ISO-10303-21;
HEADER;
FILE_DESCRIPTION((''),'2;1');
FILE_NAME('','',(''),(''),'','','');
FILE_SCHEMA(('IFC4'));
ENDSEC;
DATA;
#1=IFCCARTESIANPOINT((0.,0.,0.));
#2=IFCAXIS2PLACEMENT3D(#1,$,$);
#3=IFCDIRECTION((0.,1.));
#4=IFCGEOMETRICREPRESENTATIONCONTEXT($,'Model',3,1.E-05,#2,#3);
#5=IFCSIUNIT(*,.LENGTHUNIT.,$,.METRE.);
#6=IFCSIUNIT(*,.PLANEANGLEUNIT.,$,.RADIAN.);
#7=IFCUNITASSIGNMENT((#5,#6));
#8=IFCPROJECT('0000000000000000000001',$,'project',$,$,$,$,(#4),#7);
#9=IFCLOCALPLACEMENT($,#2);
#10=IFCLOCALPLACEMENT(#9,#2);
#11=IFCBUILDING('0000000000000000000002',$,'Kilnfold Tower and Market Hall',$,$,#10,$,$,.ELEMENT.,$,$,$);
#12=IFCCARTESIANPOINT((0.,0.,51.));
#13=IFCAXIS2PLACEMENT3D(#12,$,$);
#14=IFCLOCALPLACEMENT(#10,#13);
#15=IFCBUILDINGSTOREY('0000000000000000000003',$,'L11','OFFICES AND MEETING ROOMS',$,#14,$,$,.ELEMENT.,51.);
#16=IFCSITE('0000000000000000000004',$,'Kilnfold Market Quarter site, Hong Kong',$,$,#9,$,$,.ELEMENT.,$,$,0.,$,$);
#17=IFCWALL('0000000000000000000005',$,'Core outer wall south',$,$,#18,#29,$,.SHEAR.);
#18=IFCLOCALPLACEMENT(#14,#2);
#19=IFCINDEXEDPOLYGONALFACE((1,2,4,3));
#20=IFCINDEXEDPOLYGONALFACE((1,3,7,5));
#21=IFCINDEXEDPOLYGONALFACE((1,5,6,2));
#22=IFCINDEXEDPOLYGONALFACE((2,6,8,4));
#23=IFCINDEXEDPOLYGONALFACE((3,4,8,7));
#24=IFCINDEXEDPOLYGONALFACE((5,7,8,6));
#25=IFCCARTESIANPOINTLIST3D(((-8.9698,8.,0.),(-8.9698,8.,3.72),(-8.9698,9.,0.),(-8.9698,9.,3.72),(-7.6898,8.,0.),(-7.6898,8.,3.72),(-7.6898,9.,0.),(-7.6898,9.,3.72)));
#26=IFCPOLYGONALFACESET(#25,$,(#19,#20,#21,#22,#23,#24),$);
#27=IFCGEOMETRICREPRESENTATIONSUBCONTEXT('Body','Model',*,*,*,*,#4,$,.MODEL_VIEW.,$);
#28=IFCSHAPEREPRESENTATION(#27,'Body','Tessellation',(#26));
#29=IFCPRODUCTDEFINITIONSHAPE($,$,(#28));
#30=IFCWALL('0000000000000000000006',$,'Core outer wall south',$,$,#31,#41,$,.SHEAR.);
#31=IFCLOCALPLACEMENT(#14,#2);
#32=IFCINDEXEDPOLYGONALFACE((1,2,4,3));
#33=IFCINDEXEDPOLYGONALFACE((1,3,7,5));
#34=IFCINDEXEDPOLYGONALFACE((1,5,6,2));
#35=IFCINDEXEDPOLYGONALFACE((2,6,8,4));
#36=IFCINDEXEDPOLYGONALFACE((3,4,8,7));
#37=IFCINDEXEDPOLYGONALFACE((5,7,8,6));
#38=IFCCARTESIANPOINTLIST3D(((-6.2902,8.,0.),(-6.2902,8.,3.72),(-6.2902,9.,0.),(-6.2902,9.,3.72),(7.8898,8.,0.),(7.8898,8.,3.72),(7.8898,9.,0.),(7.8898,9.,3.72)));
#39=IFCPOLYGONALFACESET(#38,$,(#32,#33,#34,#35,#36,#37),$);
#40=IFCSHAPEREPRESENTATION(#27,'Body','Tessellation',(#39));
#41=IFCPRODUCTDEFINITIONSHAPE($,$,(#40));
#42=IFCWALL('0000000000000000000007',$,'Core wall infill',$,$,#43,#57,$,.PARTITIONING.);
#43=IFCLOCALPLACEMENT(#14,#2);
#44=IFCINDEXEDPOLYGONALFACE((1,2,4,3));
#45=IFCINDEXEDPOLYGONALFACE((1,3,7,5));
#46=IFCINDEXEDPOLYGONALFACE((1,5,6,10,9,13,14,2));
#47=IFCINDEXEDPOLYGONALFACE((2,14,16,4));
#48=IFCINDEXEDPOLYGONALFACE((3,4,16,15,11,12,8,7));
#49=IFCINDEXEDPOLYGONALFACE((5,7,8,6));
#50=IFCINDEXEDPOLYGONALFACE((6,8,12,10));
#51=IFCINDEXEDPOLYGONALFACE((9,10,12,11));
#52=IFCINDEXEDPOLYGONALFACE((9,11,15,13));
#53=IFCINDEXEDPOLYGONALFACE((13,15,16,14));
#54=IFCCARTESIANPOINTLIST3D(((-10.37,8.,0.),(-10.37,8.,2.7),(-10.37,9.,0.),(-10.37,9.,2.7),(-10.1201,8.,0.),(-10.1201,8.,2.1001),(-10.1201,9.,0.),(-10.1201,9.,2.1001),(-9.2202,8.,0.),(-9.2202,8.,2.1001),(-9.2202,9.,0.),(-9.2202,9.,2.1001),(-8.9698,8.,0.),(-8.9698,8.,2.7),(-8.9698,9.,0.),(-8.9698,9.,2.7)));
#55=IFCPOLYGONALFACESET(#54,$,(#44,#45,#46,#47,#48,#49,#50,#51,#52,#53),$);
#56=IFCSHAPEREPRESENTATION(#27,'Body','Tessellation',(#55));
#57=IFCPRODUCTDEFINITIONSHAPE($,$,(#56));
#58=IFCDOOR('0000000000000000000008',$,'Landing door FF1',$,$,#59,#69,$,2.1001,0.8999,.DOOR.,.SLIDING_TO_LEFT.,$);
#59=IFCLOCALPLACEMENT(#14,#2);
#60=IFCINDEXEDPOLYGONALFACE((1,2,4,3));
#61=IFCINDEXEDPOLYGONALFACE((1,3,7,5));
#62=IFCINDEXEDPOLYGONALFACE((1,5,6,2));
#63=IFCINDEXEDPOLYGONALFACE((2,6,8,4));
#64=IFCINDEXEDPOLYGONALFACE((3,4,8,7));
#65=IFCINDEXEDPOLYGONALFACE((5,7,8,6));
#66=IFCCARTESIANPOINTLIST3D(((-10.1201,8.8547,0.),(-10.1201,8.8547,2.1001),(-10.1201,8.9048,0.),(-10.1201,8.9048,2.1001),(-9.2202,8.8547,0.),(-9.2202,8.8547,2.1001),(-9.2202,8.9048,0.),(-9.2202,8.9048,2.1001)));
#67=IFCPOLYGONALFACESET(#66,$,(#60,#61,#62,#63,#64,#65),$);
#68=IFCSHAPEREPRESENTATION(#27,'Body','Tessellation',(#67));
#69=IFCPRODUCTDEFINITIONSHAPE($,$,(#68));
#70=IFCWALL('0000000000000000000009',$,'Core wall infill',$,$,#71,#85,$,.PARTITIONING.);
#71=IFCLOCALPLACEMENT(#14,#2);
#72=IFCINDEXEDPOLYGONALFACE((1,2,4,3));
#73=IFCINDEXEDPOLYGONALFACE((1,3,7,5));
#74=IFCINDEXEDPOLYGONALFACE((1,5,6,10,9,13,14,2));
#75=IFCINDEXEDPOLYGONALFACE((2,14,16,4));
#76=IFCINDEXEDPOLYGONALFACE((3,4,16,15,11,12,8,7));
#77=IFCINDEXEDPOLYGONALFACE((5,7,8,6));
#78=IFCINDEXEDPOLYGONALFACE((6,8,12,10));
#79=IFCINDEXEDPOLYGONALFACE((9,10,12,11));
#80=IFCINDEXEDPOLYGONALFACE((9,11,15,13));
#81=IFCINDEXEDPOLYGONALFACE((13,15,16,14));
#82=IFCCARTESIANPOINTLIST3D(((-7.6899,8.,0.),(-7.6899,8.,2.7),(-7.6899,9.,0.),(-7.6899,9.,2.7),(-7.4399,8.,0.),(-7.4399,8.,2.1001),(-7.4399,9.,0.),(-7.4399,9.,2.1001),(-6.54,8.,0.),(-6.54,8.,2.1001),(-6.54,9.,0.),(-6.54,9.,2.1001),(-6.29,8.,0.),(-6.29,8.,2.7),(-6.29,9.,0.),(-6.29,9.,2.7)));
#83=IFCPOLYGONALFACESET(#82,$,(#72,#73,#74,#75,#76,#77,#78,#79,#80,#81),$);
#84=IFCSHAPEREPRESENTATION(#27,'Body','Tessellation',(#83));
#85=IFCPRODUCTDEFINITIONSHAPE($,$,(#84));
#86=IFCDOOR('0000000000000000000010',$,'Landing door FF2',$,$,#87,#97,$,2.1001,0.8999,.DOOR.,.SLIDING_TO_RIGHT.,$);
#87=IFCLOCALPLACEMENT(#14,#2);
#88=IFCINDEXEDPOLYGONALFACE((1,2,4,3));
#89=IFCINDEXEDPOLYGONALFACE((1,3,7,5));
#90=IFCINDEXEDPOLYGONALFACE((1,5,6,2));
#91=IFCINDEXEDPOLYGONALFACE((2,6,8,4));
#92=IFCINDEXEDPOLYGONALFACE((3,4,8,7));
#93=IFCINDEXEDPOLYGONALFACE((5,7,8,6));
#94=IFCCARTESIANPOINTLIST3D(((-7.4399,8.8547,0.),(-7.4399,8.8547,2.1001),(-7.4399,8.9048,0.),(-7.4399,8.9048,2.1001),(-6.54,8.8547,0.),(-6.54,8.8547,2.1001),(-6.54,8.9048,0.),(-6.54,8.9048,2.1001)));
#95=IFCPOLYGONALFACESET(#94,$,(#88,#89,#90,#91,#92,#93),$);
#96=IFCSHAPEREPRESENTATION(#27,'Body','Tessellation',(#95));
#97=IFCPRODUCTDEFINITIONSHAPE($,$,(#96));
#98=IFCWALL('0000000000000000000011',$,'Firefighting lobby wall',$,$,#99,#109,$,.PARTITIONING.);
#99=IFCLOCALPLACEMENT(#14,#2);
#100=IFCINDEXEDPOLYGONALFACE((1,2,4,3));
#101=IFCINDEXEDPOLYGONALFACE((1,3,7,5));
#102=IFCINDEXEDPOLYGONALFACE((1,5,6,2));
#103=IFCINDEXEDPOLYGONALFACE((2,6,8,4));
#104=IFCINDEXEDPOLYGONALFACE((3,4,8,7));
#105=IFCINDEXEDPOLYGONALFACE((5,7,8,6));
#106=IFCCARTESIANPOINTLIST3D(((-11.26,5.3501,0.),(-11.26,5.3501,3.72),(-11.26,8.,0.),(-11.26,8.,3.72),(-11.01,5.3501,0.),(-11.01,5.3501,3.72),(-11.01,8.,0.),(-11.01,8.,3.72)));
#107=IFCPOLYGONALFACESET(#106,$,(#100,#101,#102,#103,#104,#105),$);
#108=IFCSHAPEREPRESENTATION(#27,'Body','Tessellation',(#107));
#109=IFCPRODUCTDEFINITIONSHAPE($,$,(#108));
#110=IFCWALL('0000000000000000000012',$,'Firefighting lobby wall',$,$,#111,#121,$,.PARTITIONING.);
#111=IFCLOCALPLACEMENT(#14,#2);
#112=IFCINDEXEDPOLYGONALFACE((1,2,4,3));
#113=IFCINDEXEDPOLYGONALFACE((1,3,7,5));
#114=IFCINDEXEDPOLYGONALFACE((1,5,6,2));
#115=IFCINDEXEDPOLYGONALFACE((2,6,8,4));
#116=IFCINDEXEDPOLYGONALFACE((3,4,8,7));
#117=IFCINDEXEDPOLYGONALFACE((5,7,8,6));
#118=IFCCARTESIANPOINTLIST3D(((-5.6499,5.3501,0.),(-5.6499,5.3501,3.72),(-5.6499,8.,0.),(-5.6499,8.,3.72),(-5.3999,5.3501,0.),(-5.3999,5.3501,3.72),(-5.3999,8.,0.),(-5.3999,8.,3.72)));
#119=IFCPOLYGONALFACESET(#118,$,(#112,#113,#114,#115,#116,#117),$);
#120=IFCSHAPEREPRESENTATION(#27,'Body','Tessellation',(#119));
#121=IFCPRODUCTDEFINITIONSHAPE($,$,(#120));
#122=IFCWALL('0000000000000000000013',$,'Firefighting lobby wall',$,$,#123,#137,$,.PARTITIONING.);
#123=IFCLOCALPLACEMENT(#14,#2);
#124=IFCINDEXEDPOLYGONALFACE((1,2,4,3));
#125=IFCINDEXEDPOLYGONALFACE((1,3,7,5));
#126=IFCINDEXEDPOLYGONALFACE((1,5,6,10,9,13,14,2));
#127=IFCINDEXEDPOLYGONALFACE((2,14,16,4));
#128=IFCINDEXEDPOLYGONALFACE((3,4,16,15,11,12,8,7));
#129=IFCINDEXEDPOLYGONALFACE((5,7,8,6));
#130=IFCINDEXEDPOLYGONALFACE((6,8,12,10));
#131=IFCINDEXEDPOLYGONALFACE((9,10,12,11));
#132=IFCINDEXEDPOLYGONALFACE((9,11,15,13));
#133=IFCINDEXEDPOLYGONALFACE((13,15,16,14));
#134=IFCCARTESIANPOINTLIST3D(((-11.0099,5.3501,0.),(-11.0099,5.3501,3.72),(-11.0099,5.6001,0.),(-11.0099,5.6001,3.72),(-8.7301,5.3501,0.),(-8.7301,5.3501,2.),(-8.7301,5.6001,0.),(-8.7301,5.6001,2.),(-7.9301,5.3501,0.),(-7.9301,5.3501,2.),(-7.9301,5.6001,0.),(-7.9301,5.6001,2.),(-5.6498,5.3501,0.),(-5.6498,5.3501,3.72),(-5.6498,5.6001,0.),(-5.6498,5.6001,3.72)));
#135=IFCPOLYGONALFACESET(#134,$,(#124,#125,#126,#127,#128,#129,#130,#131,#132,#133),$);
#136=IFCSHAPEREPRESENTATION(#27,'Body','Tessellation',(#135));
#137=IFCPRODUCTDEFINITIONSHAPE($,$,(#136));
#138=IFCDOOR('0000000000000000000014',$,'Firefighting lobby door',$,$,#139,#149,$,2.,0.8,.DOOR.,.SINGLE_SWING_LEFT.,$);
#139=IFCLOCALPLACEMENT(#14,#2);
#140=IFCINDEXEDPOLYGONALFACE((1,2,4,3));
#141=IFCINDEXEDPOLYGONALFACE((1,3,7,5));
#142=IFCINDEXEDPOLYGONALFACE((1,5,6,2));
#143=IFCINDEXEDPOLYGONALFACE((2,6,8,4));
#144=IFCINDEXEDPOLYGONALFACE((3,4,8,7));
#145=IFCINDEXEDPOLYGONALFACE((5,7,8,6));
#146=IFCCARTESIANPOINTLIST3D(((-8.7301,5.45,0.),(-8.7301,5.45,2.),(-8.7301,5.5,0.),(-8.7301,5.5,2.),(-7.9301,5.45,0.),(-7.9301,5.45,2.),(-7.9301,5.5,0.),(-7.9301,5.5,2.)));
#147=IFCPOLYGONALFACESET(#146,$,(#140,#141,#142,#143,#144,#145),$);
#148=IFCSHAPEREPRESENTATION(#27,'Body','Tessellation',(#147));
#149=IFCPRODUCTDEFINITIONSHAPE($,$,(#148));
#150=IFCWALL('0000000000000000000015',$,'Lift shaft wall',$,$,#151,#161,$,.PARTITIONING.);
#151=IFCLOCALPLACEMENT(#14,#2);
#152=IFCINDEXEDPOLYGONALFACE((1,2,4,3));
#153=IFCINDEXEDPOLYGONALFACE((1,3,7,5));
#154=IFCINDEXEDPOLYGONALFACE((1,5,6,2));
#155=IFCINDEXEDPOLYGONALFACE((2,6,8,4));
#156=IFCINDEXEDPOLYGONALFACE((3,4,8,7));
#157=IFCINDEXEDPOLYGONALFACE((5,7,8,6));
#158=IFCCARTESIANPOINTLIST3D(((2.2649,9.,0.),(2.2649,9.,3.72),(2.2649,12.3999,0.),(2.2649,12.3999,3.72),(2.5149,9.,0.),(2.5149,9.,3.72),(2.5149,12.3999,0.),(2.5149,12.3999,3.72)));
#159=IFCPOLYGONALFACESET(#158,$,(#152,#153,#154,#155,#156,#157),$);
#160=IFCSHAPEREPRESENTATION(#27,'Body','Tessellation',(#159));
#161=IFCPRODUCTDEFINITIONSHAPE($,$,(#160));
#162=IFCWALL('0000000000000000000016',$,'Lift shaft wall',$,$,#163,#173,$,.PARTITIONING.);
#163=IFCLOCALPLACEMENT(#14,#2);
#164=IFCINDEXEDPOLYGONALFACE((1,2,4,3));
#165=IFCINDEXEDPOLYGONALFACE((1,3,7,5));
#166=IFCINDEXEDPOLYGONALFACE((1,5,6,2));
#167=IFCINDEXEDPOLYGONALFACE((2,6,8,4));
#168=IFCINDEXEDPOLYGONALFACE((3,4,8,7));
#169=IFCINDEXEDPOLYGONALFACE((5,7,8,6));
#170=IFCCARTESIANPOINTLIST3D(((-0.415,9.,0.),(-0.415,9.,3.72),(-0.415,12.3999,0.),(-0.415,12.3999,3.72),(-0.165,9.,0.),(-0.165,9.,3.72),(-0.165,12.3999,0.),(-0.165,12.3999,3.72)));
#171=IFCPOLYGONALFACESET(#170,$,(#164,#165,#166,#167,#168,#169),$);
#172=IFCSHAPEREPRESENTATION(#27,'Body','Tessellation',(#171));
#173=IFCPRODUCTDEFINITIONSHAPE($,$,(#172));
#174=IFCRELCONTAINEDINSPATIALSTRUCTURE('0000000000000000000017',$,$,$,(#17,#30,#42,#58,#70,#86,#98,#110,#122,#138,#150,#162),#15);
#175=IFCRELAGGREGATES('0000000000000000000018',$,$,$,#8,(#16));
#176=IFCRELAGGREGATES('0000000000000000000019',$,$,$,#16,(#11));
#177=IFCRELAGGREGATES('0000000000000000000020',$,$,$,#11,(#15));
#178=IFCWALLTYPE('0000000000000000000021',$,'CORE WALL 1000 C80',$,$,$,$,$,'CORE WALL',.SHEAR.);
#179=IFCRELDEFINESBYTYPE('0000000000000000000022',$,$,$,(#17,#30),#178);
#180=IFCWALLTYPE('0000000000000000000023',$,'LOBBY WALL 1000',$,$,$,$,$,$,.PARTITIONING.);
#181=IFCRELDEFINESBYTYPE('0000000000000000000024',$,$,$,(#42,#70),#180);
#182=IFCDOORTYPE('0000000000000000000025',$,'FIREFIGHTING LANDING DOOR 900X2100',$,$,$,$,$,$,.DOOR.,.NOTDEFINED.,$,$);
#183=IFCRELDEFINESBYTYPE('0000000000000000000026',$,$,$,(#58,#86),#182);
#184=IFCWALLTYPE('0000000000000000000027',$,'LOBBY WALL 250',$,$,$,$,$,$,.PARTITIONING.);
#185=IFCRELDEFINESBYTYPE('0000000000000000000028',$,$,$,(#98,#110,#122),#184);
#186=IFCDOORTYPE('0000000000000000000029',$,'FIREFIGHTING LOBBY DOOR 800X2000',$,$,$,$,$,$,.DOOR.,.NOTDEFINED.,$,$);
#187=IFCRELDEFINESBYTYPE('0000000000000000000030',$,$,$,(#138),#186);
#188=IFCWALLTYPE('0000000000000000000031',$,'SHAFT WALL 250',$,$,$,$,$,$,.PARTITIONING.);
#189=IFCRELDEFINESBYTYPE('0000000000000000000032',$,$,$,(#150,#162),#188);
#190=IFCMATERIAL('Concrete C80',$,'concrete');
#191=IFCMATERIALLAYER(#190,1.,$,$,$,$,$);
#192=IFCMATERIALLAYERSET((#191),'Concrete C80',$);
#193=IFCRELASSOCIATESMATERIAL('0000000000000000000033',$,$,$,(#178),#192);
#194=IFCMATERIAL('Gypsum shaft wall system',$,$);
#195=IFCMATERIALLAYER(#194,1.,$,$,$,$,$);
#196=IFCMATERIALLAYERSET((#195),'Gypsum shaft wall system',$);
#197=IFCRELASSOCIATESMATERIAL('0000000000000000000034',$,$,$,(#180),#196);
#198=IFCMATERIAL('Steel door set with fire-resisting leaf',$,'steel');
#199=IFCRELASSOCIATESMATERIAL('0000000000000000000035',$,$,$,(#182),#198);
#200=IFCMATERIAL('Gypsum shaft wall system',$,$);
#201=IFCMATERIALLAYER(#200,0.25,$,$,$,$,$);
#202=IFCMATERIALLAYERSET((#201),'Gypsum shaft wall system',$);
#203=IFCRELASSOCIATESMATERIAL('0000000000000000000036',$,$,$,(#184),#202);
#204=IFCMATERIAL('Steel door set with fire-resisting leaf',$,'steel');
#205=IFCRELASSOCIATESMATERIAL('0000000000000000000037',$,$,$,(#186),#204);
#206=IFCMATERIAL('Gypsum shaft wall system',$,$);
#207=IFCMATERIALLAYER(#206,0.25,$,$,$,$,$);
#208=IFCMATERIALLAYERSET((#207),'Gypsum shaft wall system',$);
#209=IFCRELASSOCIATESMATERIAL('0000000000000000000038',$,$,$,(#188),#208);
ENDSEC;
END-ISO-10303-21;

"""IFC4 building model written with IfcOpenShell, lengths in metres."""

from ifc_helpers import new_model, si_unit, direction, frame, frame_2d, origin, place, context, subcontext, project, spatial, rectangle, extrude, source, transform, mapped, material, layer, layer_set, type_object, element, fill, save


model = new_model("IFC4")

# Units and contexts
model_context = context("Model", 3, precision=1e-05, world=origin(), true_north=direction((0.0, 1.0)))
body_context = subcontext(model_context, "Body", "Model", "MODEL_VIEW")
ifc_project = project(units=[si_unit("LENGTHUNIT", "METRE"), si_unit("PLANEANGLEUNIT", "RADIAN")], contexts=[model_context])

# Site, building, storey
site_placement = place(None, origin())
site = spatial("IfcSite", under=ifc_project, at=site_placement, Name="Kilnfold Market Quarter site, Hong Kong", CompositionType="ELEMENT", RefElevation=0.0)
building_placement = place(site_placement, origin())
building = spatial("IfcBuilding", under=site, at=building_placement, Name="Kilnfold Tower and Market Hall", CompositionType="ELEMENT")
storey_placement = place(building_placement, frame((0.0, 0.0, 51.0)))
storey = spatial("IfcBuildingStorey", under=building, at=storey_placement, Name="L11", Description="OFFICES AND MEETING ROOMS", CompositionType="ELEMENT", Elevation=51.0)

# Walls
ifc_material_1 = material(Name="Concrete C80", Category="concrete")
ifc_layer_1 = layer(ifc_material_1, 1.0)
ifc_layer_set_1 = layer_set([ifc_layer_1], Name="Concrete C80")
wall_type_1 = type_object("IfcWallType", Name="CORE WALL 1000 C80", ElementType="CORE WALL", PredefinedType="SHEAR", material=ifc_layer_set_1)
shared_shape_1 = source(origin(), body_context, "Body", "SweptSolid", [
    extrude(rectangle(XDim=1.28, YDim=1.0, at=frame_2d((0.6401, 0.0))), origin(), (0.0, 0.0, 1.0), 3.72),
])
wall_1_placement = place(storey_placement, frame((-8.97, 8.5, 0.0), z_axis=(0.0, 0.0, 1.0), x_axis=(1.0, 0.0, 0.0)))
element("IfcWall", 1, at=wall_1_placement, inside=storey, type_object=wall_type_1, Name="Core outer wall south", PredefinedType="SHEAR", context=body_context, shape_type="MappedRepresentation", body=[
    mapped(shared_shape_1, transform((0.0, 0.0, 0.0))),
])
shared_shape_2 = source(origin(), body_context, "Body", "SweptSolid", [
    extrude(rectangle(XDim=14.1799, YDim=1.0, at=frame_2d((7.0898, 0.0))), origin(), (0.0, 0.0, 1.0), 3.72),
])
wall_2_placement = place(storey_placement, frame((-6.29, 8.5, 0.0), z_axis=(0.0, 0.0, 1.0), x_axis=(1.0, 0.0, 0.0)))
element("IfcWall", 2, at=wall_2_placement, inside=storey, type_object=wall_type_1, Name="Core outer wall south", PredefinedType="SHEAR", context=body_context, shape_type="MappedRepresentation", body=[
    mapped(shared_shape_2, transform((0.0, 0.0, 0.0))),
])

# Walls, openings, doors
ifc_material_2 = material(Name="Gypsum shaft wall system")
ifc_layer_2 = layer(ifc_material_2, 1.0)
ifc_layer_set_2 = layer_set([ifc_layer_2], Name="Gypsum shaft wall system")
wall_type_2 = type_object("IfcWallType", Name="LOBBY WALL 1000", PredefinedType="PARTITIONING", material=ifc_layer_set_2)
shared_shape_3 = source(origin(), body_context, "Body", "SweptSolid", [
    extrude(rectangle(XDim=1.4001, YDim=1.0, at=frame_2d((0.7002, 0.0))), origin(), (0.0, 0.0, 1.0), 2.7),
])
wall_3_placement = place(storey_placement, frame((-10.3701, 8.5, 0.0), z_axis=(0.0, 0.0, 1.0), x_axis=(1.0, 0.0, 0.0)))
wall_3 = element("IfcWall", 3, at=wall_3_placement, inside=storey, type_object=wall_type_2, Name="Core wall infill", PredefinedType="PARTITIONING", context=body_context, shape_type="MappedRepresentation", body=[
    mapped(shared_shape_3, transform((0.0, 0.0, 0.0))),
])
opening_1_placement = place(wall_3_placement, frame((0.25, 0.0, 0.0)))
opening_1 = element("IfcOpeningElement", 4, at=opening_1_placement, cuts=wall_3, PredefinedType="OPENING", context=body_context, shape_type="SweptSolid", body=[
    extrude(rectangle(XDim=0.8999, YDim=2.1001, at=frame_2d((0.45, 1.05))), frame((0.0, 0.51, 0.0), z_axis=(0.0, -1.0, 0.0), x_axis=(1.0, 0.0, 0.0)), (0.0, 0.0, 1.0), 1.02),
])
ifc_material_3 = material(Name="Steel door set with fire-resisting leaf", Category="steel")
door_type_1 = type_object("IfcDoorType", Name="FIREFIGHTING LANDING DOOR 900X2100", OperationType="NOTDEFINED", PredefinedType="DOOR", material=ifc_material_3)
door_1_placement = place(opening_1_placement, origin())
door_1 = element("IfcDoor", 5, at=door_1_placement, inside=storey, type_object=door_type_1, Name="Landing door FF1", OperationType="SLIDING_TO_LEFT", OverallHeight=2.1001, OverallWidth=0.8999, PredefinedType="DOOR", context=body_context, shape_type="SweptSolid", body=[
    extrude(rectangle(XDim=0.8999, YDim=2.1001, at=frame_2d((0.45, 1.05))), frame((0.0, 0.4048, 0.0), z_axis=(0.0, -1.0, 0.0), x_axis=(1.0, 0.0, 0.0)), (0.0, 0.0, 1.0), 0.05),
])
fill(opening_1, door_1)
shared_shape_4 = source(origin(), body_context, "Body", "SweptSolid", [
    extrude(rectangle(XDim=1.3999, YDim=1.0, at=frame_2d((0.7, 0.0))), origin(), (0.0, 0.0, 1.0), 2.7),
])
wall_4_placement = place(storey_placement, frame((-7.6899, 8.5, 0.0), z_axis=(0.0, 0.0, 1.0), x_axis=(1.0, 0.0, 0.0)))
wall_4 = element("IfcWall", 6, at=wall_4_placement, inside=storey, type_object=wall_type_2, Name="Core wall infill", PredefinedType="PARTITIONING", context=body_context, shape_type="MappedRepresentation", body=[
    mapped(shared_shape_4, transform((0.0, 0.0, 0.0))),
])
opening_2_placement = place(wall_4_placement, frame((0.25, 0.0, 0.0)))
opening_2 = element("IfcOpeningElement", 7, at=opening_2_placement, cuts=wall_4, PredefinedType="OPENING", context=body_context, shape_type="SweptSolid", body=[
    extrude(rectangle(XDim=0.8999, YDim=2.1001, at=frame_2d((0.45, 1.05))), frame((0.0, 0.51, 0.0), z_axis=(0.0, -1.0, 0.0), x_axis=(1.0, 0.0, 0.0)), (0.0, 0.0, 1.0), 1.02),
])
door_2_placement = place(opening_2_placement, origin())
door_2 = element("IfcDoor", 8, at=door_2_placement, inside=storey, type_object=door_type_1, Name="Landing door FF2", OperationType="SLIDING_TO_RIGHT", OverallHeight=2.1001, OverallWidth=0.8999, PredefinedType="DOOR", context=body_context, shape_type="SweptSolid", body=[
    extrude(rectangle(XDim=0.8999, YDim=2.1001, at=frame_2d((0.45, 1.05))), frame((0.0, 0.4048, 0.0), z_axis=(0.0, -1.0, 0.0), x_axis=(1.0, 0.0, 0.0)), (0.0, 0.0, 1.0), 0.05),
])
fill(opening_2, door_2)

# Walls
ifc_material_4 = material(Name="Gypsum shaft wall system")
ifc_layer_3 = layer(ifc_material_4, 0.25)
ifc_layer_set_3 = layer_set([ifc_layer_3], Name="Gypsum shaft wall system")
wall_type_3 = type_object("IfcWallType", Name="LOBBY WALL 250", PredefinedType="PARTITIONING", material=ifc_layer_set_3)
shared_shape_5 = source(origin(), body_context, "Body", "SweptSolid", [
    extrude(rectangle(XDim=2.6499, YDim=0.25, at=frame_2d((1.325, 0.0))), origin(), (0.0, 0.0, 1.0), 3.72),
])
for number, where, z_axis, x_axis, name in (
    (9, (-11.135, 5.3501, 0.0), (0.0, 0.0, 1.0), (0.0, 1.0, 0.0), "Firefighting lobby wall"),
    (10, (-5.5249, 5.3501, 0.0), (0.0, 0.0, 1.0), (0.0, 1.0, 0.0), "Firefighting lobby wall"),
):
    element("IfcWall", number, at=place(storey_placement, frame(where, z_axis=z_axis, x_axis=x_axis)), inside=storey, type_object=wall_type_3, Name=name, PredefinedType="PARTITIONING", context=body_context, shape_type="MappedRepresentation", body=[
        mapped(shared_shape_5, transform((0.0, 0.0, 0.0))),
    ])

# Wall, opening, door
shared_shape_6 = source(origin(), body_context, "Body", "SweptSolid", [
    extrude(rectangle(XDim=5.3601, YDim=0.25, at=frame_2d((2.6802, 0.0))), origin(), (0.0, 0.0, 1.0), 3.72),
])
wall_5_placement = place(storey_placement, frame((-11.01, 5.4751, 0.0), z_axis=(0.0, 0.0, 1.0), x_axis=(1.0, 0.0, 0.0)))
wall_5 = element("IfcWall", 11, at=wall_5_placement, inside=storey, type_object=wall_type_3, Name="Firefighting lobby wall", PredefinedType="PARTITIONING", context=body_context, shape_type="MappedRepresentation", body=[
    mapped(shared_shape_6, transform((0.0, 0.0, 0.0))),
])
opening_3_placement = place(wall_5_placement, frame((2.28, 0.0, 0.0)))
opening_3 = element("IfcOpeningElement", 12, at=opening_3_placement, cuts=wall_5, PredefinedType="OPENING", context=body_context, shape_type="SweptSolid", body=[
    extrude(rectangle(XDim=0.8, YDim=2.0, at=frame_2d((0.3999, 1.0))), frame((0.0, 0.135, 0.0), z_axis=(0.0, -1.0, 0.0), x_axis=(1.0, 0.0, 0.0)), (0.0, 0.0, 1.0), 0.27),
])
ifc_material_5 = material(Name="Steel door set with fire-resisting leaf", Category="steel")
door_type_2 = type_object("IfcDoorType", Name="FIREFIGHTING LOBBY DOOR 800X2000", OperationType="NOTDEFINED", PredefinedType="DOOR", material=ifc_material_5)
door_3_placement = place(opening_3_placement, origin())
door_3 = element("IfcDoor", 13, at=door_3_placement, inside=storey, type_object=door_type_2, Name="Firefighting lobby door", OperationType="SINGLE_SWING_LEFT", OverallHeight=2.0, OverallWidth=0.8, PredefinedType="DOOR", context=body_context, shape_type="SweptSolid", body=[
    extrude(rectangle(XDim=0.8, YDim=2.0, at=frame_2d((0.3999, 1.0))), frame((0.0, 0.0249, 0.0), z_axis=(0.0, -1.0, 0.0), x_axis=(1.0, 0.0, 0.0)), (0.0, 0.0, 1.0), 0.05),
])
fill(opening_3, door_3)

# Walls
ifc_material_6 = material(Name="Gypsum shaft wall system")
ifc_layer_4 = layer(ifc_material_6, 0.25)
ifc_layer_set_4 = layer_set([ifc_layer_4], Name="Gypsum shaft wall system")
wall_type_4 = type_object("IfcWallType", Name="SHAFT WALL 250", PredefinedType="PARTITIONING", material=ifc_layer_set_4)
shared_shape_7 = source(origin(), body_context, "Body", "SweptSolid", [
    extrude(rectangle(XDim=3.3999, YDim=0.25, at=frame_2d((1.7, 0.0))), origin(), (0.0, 0.0, 1.0), 3.72),
])
for number, where, z_axis, x_axis, name in (
    (14, (2.3899, 9.0, 0.0), (0.0, 0.0, 1.0), (0.0, 1.0, 0.0), "Lift shaft wall"),
    (15, (-0.29, 9.0, 0.0), (0.0, 0.0, 1.0), (0.0, 1.0, 0.0), "Lift shaft wall"),
):
    element("IfcWall", number, at=place(storey_placement, frame(where, z_axis=z_axis, x_axis=x_axis)), inside=storey, type_object=wall_type_4, Name=name, PredefinedType="PARTITIONING", context=body_context, shape_type="MappedRepresentation", body=[
        mapped(shared_shape_7, transform((0.0, 0.0, 0.0))),
    ])

save(model, "model.ifc")
